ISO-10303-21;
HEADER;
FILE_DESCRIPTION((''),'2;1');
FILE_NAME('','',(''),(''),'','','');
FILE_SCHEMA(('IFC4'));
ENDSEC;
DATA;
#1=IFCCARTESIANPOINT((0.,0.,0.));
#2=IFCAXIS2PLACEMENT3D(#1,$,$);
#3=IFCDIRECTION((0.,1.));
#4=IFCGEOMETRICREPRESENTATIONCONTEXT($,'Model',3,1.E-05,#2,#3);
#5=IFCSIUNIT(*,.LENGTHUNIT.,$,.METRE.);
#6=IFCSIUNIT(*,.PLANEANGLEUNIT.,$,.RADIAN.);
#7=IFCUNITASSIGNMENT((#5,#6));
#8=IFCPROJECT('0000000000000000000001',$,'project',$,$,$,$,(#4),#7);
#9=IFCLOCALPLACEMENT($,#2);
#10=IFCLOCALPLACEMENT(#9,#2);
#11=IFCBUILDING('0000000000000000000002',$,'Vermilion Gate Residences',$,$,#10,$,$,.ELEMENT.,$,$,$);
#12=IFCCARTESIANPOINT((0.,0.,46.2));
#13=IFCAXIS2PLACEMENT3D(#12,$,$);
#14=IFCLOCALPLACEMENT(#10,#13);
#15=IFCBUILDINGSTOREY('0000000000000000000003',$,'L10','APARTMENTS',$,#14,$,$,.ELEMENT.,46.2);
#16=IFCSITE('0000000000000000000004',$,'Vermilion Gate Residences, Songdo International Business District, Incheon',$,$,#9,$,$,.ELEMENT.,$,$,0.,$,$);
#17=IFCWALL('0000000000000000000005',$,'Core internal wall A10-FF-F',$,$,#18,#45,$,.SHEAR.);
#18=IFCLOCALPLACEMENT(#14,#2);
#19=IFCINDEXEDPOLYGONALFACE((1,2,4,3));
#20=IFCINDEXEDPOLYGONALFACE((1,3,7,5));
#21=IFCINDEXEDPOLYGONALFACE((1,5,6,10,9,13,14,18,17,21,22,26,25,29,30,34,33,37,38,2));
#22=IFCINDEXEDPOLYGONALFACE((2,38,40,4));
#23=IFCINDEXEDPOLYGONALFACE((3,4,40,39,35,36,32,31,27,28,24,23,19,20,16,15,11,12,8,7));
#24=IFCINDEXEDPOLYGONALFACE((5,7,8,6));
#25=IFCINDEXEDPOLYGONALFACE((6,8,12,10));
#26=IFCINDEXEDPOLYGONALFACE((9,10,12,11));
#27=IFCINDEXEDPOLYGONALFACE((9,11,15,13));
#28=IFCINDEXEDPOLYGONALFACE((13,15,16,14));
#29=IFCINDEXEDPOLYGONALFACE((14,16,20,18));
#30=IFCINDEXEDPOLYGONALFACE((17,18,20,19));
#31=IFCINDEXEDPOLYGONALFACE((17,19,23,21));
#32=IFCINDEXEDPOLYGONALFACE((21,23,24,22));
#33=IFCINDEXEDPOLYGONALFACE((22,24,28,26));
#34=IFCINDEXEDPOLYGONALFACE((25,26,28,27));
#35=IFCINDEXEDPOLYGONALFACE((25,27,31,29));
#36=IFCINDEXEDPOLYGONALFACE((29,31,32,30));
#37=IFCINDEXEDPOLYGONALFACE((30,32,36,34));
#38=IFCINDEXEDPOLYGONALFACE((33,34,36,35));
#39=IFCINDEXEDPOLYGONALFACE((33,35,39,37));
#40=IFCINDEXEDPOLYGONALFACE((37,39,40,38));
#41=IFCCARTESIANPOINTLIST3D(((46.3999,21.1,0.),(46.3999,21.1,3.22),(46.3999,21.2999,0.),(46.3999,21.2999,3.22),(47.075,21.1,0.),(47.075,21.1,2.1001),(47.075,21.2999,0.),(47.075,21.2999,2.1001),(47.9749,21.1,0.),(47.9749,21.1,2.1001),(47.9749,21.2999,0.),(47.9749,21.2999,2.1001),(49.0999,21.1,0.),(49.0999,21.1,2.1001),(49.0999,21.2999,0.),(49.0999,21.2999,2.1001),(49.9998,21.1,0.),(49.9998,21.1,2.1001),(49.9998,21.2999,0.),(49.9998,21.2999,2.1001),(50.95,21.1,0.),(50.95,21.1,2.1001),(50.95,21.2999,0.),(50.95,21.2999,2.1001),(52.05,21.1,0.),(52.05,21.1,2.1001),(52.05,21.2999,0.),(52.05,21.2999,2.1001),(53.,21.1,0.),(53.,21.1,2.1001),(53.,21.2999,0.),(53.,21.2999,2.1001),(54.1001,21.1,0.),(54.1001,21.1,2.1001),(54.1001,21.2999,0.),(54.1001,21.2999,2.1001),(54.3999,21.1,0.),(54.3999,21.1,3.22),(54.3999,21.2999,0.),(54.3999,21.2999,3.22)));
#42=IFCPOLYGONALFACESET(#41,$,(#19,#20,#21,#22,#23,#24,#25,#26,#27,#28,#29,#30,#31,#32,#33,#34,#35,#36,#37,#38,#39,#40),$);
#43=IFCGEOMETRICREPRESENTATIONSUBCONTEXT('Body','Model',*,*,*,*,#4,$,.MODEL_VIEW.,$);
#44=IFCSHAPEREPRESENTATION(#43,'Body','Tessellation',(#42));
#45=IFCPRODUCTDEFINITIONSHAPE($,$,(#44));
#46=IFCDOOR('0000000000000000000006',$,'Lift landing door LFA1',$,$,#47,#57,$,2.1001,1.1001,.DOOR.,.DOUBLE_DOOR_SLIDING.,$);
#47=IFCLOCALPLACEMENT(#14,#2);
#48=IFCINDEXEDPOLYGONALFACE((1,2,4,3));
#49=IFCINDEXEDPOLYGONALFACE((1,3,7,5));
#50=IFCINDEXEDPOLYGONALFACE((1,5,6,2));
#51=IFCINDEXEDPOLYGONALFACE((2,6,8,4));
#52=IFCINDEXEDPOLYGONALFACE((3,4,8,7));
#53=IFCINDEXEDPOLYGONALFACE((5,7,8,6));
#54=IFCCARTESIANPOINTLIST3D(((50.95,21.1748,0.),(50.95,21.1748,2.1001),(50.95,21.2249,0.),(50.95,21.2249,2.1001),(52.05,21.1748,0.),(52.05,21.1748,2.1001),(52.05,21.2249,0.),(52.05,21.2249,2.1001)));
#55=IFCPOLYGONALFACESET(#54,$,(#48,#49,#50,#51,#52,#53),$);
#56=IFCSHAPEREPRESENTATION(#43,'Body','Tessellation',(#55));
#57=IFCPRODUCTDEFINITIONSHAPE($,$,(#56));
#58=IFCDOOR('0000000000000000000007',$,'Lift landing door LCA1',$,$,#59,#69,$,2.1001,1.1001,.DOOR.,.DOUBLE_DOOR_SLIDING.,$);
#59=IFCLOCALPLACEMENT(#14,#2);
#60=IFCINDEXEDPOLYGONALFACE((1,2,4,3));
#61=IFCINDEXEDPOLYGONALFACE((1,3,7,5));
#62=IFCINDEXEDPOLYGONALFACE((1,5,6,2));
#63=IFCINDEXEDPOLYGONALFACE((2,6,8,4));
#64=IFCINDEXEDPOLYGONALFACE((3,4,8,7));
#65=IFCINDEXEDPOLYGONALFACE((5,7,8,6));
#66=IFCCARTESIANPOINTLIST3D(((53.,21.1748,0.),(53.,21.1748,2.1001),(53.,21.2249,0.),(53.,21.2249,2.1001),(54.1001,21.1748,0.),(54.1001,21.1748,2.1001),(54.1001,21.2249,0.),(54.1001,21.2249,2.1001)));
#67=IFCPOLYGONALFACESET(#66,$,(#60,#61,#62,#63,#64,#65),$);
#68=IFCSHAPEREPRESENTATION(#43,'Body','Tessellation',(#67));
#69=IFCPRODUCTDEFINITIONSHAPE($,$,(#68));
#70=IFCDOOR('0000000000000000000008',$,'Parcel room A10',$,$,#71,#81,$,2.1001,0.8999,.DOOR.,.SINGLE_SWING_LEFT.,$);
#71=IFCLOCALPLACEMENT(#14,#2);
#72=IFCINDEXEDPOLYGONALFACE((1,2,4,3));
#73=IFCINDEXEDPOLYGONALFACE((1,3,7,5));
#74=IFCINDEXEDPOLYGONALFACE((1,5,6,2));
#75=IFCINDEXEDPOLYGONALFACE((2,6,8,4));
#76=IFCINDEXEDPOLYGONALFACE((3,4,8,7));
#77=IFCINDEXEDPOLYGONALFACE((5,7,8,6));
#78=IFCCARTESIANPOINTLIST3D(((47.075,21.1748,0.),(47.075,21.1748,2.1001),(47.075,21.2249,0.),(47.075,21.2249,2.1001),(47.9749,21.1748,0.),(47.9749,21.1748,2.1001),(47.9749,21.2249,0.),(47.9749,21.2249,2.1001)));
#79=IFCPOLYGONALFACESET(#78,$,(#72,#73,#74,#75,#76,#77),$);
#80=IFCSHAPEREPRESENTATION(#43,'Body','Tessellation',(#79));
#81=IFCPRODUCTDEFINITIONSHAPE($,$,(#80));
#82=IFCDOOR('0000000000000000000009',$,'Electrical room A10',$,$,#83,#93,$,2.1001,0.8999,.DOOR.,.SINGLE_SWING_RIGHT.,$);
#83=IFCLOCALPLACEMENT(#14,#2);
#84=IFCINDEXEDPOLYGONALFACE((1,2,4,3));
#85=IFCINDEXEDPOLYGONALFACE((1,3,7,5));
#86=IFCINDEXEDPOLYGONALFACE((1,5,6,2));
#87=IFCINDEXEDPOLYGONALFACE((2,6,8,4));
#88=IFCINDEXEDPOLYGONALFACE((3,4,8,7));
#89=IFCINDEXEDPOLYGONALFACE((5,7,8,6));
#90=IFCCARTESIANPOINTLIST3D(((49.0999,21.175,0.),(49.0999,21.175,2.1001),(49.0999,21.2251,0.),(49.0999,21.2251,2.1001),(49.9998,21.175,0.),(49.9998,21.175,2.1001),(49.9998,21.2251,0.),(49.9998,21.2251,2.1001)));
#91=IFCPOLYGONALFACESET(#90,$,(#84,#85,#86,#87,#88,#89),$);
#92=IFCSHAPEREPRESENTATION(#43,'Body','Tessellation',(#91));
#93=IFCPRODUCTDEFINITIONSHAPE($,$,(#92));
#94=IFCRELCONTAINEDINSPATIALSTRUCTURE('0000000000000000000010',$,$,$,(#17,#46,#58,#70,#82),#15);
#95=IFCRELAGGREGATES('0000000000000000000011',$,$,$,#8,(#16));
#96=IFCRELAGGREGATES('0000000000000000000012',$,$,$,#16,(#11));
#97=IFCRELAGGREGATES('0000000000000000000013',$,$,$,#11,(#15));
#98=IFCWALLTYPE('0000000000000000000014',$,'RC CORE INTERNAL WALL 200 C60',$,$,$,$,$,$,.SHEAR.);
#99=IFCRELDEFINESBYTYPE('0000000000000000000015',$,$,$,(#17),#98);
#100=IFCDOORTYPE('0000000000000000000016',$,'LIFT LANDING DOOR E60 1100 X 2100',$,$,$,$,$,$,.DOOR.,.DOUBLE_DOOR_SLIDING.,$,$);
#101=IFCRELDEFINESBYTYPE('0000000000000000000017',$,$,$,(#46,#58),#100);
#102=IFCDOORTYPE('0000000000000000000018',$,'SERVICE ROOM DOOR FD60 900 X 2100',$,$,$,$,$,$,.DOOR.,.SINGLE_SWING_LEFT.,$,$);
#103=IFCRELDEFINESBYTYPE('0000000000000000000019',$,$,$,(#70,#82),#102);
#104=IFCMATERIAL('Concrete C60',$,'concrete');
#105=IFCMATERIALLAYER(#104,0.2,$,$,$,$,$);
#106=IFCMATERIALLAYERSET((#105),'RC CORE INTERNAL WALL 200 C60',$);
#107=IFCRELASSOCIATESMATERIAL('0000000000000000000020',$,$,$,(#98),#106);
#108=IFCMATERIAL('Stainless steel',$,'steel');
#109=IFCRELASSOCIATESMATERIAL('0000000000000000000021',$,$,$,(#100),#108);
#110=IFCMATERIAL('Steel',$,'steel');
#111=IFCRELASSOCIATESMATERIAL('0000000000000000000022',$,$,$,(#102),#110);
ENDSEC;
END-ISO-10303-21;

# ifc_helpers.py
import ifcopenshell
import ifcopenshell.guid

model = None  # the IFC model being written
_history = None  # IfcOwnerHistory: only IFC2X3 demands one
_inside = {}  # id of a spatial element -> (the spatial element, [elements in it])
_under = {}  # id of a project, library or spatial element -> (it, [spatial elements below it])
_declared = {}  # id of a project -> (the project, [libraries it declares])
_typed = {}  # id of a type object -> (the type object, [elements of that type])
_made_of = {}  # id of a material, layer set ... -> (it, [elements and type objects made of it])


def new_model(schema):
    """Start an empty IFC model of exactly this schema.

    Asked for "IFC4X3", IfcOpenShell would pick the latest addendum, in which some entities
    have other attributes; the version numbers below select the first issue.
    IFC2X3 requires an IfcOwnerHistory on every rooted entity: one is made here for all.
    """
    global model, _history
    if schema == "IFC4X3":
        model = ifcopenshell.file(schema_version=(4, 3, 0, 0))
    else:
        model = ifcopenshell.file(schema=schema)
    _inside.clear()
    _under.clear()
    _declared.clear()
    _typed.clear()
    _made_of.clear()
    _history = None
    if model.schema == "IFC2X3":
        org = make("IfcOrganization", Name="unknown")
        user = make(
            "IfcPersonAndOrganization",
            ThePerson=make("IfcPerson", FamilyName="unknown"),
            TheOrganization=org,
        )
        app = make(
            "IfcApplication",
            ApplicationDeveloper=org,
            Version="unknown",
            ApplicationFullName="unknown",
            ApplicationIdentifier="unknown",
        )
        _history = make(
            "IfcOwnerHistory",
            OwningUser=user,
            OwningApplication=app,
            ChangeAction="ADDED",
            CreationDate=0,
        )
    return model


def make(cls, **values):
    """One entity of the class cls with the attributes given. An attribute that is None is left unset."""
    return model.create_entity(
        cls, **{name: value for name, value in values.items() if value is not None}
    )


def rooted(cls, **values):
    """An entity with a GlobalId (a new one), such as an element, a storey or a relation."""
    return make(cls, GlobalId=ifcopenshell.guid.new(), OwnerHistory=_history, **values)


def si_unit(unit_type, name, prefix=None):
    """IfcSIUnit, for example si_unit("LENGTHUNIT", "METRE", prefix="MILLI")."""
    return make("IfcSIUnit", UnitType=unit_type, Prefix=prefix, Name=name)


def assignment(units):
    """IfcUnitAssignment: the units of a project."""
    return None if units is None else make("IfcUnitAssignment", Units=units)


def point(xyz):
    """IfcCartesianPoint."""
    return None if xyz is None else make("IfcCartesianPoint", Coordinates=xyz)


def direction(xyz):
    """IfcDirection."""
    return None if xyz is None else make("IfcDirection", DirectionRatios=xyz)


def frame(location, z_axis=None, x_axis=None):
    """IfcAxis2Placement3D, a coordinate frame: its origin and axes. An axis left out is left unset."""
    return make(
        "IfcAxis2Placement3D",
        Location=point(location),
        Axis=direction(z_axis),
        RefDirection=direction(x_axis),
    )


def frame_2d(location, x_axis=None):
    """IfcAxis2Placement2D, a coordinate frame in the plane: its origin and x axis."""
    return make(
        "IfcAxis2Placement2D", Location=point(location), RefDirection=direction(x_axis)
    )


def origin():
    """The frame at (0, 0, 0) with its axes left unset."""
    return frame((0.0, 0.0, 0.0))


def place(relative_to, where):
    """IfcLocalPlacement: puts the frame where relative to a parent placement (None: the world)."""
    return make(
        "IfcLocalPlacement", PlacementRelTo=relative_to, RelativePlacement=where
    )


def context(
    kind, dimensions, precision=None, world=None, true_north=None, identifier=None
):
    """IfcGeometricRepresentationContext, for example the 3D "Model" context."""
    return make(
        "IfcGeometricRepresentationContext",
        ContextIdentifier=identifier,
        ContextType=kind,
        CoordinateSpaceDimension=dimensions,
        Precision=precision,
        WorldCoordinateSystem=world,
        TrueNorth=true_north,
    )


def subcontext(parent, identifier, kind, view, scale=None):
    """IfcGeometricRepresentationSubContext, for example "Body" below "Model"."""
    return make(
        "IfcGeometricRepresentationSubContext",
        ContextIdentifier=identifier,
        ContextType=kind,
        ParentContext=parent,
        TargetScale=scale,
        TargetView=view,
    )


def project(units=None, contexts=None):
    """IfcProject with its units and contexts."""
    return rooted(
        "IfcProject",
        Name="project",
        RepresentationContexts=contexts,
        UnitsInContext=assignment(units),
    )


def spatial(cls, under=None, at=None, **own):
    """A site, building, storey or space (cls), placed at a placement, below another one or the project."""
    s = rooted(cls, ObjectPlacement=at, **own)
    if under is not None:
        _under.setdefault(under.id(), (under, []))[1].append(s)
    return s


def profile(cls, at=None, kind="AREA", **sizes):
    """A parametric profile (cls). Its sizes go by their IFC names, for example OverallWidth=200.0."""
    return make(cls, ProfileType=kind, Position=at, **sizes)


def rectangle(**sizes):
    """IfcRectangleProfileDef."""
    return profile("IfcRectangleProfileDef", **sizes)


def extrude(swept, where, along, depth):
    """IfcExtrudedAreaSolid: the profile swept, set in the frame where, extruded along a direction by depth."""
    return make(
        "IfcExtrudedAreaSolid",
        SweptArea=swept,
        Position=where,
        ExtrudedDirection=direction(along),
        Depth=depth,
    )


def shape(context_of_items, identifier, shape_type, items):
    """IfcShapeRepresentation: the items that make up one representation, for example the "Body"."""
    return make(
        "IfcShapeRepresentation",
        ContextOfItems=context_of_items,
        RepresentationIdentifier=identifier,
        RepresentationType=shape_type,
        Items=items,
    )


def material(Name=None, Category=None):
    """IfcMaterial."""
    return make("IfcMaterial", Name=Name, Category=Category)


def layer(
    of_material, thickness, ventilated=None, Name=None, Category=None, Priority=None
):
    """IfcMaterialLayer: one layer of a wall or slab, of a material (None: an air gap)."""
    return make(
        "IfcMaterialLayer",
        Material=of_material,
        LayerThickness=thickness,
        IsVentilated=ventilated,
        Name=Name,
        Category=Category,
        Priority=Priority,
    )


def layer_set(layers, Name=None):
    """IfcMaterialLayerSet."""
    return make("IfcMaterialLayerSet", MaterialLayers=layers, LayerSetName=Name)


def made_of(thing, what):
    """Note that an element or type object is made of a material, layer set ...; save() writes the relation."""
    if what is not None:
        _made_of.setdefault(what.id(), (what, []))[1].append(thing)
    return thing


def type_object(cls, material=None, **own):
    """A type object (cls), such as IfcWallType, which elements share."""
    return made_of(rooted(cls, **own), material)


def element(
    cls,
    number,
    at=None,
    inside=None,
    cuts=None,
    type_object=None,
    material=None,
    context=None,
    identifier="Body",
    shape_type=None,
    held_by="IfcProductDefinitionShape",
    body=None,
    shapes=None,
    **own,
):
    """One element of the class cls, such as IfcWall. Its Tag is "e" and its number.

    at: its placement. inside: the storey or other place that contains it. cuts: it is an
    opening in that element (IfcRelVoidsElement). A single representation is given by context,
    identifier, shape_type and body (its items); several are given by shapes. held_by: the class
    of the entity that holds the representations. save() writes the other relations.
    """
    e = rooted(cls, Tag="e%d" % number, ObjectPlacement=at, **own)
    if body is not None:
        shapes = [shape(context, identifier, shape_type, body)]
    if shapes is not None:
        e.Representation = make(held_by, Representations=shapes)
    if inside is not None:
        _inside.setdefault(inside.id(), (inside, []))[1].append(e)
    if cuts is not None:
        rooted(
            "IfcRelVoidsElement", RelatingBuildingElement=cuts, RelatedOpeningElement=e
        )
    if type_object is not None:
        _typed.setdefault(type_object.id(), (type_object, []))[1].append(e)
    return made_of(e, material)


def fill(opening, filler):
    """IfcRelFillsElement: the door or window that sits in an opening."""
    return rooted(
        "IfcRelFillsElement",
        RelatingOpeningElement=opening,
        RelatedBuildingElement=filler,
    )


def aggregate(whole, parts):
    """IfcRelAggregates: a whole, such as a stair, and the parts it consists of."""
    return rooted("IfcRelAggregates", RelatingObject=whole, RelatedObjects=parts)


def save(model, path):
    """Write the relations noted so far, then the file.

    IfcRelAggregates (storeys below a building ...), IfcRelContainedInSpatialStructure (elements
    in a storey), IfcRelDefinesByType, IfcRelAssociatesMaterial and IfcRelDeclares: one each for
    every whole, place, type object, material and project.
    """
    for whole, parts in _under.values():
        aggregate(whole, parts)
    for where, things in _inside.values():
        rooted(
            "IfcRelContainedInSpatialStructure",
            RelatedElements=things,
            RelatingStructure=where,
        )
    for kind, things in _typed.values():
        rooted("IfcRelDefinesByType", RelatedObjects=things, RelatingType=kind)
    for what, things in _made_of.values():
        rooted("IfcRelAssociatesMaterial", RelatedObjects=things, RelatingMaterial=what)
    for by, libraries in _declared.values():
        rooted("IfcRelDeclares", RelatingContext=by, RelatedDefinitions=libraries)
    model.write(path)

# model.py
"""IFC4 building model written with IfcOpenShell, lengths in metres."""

from ifc_helpers import new_model, si_unit, direction, frame, frame_2d, origin, place, context, subcontext, project, spatial, rectangle, extrude, material, layer, layer_set, type_object, element, fill, save


model = new_model("IFC4")

# Units and contexts
model_context = context("Model", 3, precision=1e-05, world=origin(), true_north=direction((0.0, 1.0)))
body_context = subcontext(model_context, "Body", "Model", "MODEL_VIEW")
ifc_project = project(units=[si_unit("LENGTHUNIT", "METRE"), si_unit("PLANEANGLEUNIT", "RADIAN")], contexts=[model_context])

# Site, building, storey
site_placement = place(None, origin())
site = spatial("IfcSite", under=ifc_project, at=site_placement, Name="Vermilion Gate Residences, Songdo International Business District, Incheon", CompositionType="ELEMENT", RefElevation=0.0)
building_placement = place(site_placement, origin())
building = spatial("IfcBuilding", under=site, at=building_placement, Name="Vermilion Gate Residences", CompositionType="ELEMENT")
storey_placement = place(building_placement, frame((0.0, 0.0, 46.2)))
storey = spatial("IfcBuildingStorey", under=building, at=storey_placement, Name="L10", Description="APARTMENTS", CompositionType="ELEMENT", Elevation=46.2)

# Shared definitions
ifc_material_1 = material(Name="Concrete C60", Category="concrete")
ifc_layer_1 = layer(ifc_material_1, 0.2)
ifc_layer_set_1 = layer_set([ifc_layer_1], Name="RC CORE INTERNAL WALL 200 C60")
wall_type_1 = type_object("IfcWallType", Name="RC CORE INTERNAL WALL 200 C60", PredefinedType="SHEAR", material=ifc_layer_set_1)

# Wall, openings, doors
wall_1_placement = place(storey_placement, frame((46.3999, 21.2, 0.0), z_axis=(0.0, 0.0, 1.0), x_axis=(1.0, 0.0, 0.0)))
wall_1 = element("IfcWall", 1, at=wall_1_placement, inside=storey, type_object=wall_type_1, Name="Core internal wall A10-FF-F", PredefinedType="SHEAR", context=body_context, shape_type="SweptSolid", body=[
    extrude(rectangle(XDim=8.0, YDim=0.2, at=frame_2d((4.0, 0.0))), origin(), (0.0, 0.0, 1.0), 3.22),
])
opening_1_placement = place(wall_1_placement, frame((0.675, 0.0, 0.0)))
opening_1 = element("IfcOpeningElement", 2, at=opening_1_placement, cuts=wall_1, PredefinedType="OPENING", context=body_context, shape_type="SweptSolid", body=[
    extrude(rectangle(XDim=0.8999, YDim=2.1001, at=frame_2d((0.45, 1.05))), frame((0.0, 0.1099, 0.0), z_axis=(0.0, -1.0, 0.0), x_axis=(1.0, 0.0, 0.0)), (0.0, 0.0, 1.0), 0.22),
])
opening_2_placement = place(wall_1_placement, frame((2.7, 0.0, 0.0)))
opening_2 = element("IfcOpeningElement", 3, at=opening_2_placement, cuts=wall_1, PredefinedType="OPENING", context=body_context, shape_type="SweptSolid", body=[
    extrude(rectangle(XDim=0.8999, YDim=2.1001, at=frame_2d((0.45, 1.05))), frame((0.0, 0.1099, 0.0), z_axis=(0.0, -1.0, 0.0), x_axis=(1.0, 0.0, 0.0)), (0.0, 0.0, 1.0), 0.22),
])
opening_3_placement = place(wall_1_placement, frame((4.55, 0.0, 0.0)))
opening_3 = element("IfcOpeningElement", 4, at=opening_3_placement, cuts=wall_1, PredefinedType="OPENING", context=body_context, shape_type="SweptSolid", body=[
    extrude(rectangle(XDim=1.1001, YDim=2.1001, at=frame_2d((0.55, 1.05))), frame((0.0, 0.1099, 0.0), z_axis=(0.0, -1.0, 0.0), x_axis=(1.0, 0.0, 0.0)), (0.0, 0.0, 1.0), 0.22),
])
opening_4_placement = place(wall_1_placement, frame((6.6001, 0.0, 0.0)))
opening_4 = element("IfcOpeningElement", 5, at=opening_4_placement, cuts=wall_1, PredefinedType="OPENING", context=body_context, shape_type="SweptSolid", body=[
    extrude(rectangle(XDim=1.1001, YDim=2.1001, at=frame_2d((0.55, 1.05))), frame((0.0, 0.1099, 0.0), z_axis=(0.0, -1.0, 0.0), x_axis=(1.0, 0.0, 0.0)), (0.0, 0.0, 1.0), 0.22),
])
ifc_material_2 = material(Name="Stainless steel", Category="steel")
door_type_1 = type_object("IfcDoorType", Name="LIFT LANDING DOOR E60 1100 X 2100", OperationType="DOUBLE_DOOR_SLIDING", PredefinedType="DOOR", material=ifc_material_2)
door_1_placement = place(opening_3_placement, origin())
door_1 = element("IfcDoor", 6, at=door_1_placement, inside=storey, type_object=door_type_1, Name="Lift landing door LFA1", OperationType="DOUBLE_DOOR_SLIDING", OverallHeight=2.1001, OverallWidth=1.1001, PredefinedType="DOOR", context=body_context, shape_type="SweptSolid", body=[
    extrude(rectangle(XDim=1.1001, YDim=2.1001, at=frame_2d((0.55, 1.05))), frame((0.0, 0.0249, 0.0), z_axis=(0.0, -1.0, 0.0), x_axis=(1.0, 0.0, 0.0)), (0.0, 0.0, 1.0), 0.05),
])
fill(opening_3, door_1)
door_2_placement = place(opening_4_placement, origin())
door_2 = element("IfcDoor", 7, at=door_2_placement, inside=storey, type_object=door_type_1, Name="Lift landing door LCA1", OperationType="DOUBLE_DOOR_SLIDING", OverallHeight=2.1001, OverallWidth=1.1001, PredefinedType="DOOR", context=body_context, shape_type="SweptSolid", body=[
    extrude(rectangle(XDim=1.1001, YDim=2.1001, at=frame_2d((0.55, 1.05))), frame((0.0, 0.0249, 0.0), z_axis=(0.0, -1.0, 0.0), x_axis=(1.0, 0.0, 0.0)), (0.0, 0.0, 1.0), 0.05),
])
fill(opening_4, door_2)
ifc_material_3 = material(Name="Steel", Category="steel")
door_type_2 = type_object("IfcDoorType", Name="SERVICE ROOM DOOR FD60 900 X 2100", OperationType="SINGLE_SWING_LEFT", PredefinedType="DOOR", material=ifc_material_3)
door_3_placement = place(opening_1_placement, origin())
door_3 = element("IfcDoor", 8, at=door_3_placement, inside=storey, type_object=door_type_2, Name="Parcel room A10", OperationType="SINGLE_SWING_LEFT", OverallHeight=2.1001, OverallWidth=0.8999, PredefinedType="DOOR", context=body_context, shape_type="SweptSolid", body=[
    extrude(rectangle(XDim=0.8999, YDim=2.1001, at=frame_2d((0.45, 1.05))), frame((0.0, 0.0249, 0.0), z_axis=(0.0, -1.0, 0.0), x_axis=(1.0, 0.0, 0.0)), (0.0, 0.0, 1.0), 0.05),
])
fill(opening_1, door_3)
door_4_placement = place(opening_2_placement, frame((0.8999, 0.0, 0.0), z_axis=(0.0, 0.0, 1.0), x_axis=(-1.0, 0.0, 0.0)))
door_4 = element("IfcDoor", 9, at=door_4_placement, inside=storey, type_object=door_type_2, Name="Electrical room A10", OperationType="SINGLE_SWING_RIGHT", OverallHeight=2.1001, OverallWidth=0.8999, PredefinedType="DOOR", context=body_context, shape_type="SweptSolid", body=[
    extrude(rectangle(XDim=0.8999, YDim=2.1001, at=frame_2d((0.45, 1.05))), frame((0.0, 0.0249, 0.0), z_axis=(0.0, -1.0, 0.0), x_axis=(1.0, 0.0, 0.0)), (0.0, 0.0, 1.0), 0.05),
])
fill(opening_2, door_4)

save(model, "model.ifc")
